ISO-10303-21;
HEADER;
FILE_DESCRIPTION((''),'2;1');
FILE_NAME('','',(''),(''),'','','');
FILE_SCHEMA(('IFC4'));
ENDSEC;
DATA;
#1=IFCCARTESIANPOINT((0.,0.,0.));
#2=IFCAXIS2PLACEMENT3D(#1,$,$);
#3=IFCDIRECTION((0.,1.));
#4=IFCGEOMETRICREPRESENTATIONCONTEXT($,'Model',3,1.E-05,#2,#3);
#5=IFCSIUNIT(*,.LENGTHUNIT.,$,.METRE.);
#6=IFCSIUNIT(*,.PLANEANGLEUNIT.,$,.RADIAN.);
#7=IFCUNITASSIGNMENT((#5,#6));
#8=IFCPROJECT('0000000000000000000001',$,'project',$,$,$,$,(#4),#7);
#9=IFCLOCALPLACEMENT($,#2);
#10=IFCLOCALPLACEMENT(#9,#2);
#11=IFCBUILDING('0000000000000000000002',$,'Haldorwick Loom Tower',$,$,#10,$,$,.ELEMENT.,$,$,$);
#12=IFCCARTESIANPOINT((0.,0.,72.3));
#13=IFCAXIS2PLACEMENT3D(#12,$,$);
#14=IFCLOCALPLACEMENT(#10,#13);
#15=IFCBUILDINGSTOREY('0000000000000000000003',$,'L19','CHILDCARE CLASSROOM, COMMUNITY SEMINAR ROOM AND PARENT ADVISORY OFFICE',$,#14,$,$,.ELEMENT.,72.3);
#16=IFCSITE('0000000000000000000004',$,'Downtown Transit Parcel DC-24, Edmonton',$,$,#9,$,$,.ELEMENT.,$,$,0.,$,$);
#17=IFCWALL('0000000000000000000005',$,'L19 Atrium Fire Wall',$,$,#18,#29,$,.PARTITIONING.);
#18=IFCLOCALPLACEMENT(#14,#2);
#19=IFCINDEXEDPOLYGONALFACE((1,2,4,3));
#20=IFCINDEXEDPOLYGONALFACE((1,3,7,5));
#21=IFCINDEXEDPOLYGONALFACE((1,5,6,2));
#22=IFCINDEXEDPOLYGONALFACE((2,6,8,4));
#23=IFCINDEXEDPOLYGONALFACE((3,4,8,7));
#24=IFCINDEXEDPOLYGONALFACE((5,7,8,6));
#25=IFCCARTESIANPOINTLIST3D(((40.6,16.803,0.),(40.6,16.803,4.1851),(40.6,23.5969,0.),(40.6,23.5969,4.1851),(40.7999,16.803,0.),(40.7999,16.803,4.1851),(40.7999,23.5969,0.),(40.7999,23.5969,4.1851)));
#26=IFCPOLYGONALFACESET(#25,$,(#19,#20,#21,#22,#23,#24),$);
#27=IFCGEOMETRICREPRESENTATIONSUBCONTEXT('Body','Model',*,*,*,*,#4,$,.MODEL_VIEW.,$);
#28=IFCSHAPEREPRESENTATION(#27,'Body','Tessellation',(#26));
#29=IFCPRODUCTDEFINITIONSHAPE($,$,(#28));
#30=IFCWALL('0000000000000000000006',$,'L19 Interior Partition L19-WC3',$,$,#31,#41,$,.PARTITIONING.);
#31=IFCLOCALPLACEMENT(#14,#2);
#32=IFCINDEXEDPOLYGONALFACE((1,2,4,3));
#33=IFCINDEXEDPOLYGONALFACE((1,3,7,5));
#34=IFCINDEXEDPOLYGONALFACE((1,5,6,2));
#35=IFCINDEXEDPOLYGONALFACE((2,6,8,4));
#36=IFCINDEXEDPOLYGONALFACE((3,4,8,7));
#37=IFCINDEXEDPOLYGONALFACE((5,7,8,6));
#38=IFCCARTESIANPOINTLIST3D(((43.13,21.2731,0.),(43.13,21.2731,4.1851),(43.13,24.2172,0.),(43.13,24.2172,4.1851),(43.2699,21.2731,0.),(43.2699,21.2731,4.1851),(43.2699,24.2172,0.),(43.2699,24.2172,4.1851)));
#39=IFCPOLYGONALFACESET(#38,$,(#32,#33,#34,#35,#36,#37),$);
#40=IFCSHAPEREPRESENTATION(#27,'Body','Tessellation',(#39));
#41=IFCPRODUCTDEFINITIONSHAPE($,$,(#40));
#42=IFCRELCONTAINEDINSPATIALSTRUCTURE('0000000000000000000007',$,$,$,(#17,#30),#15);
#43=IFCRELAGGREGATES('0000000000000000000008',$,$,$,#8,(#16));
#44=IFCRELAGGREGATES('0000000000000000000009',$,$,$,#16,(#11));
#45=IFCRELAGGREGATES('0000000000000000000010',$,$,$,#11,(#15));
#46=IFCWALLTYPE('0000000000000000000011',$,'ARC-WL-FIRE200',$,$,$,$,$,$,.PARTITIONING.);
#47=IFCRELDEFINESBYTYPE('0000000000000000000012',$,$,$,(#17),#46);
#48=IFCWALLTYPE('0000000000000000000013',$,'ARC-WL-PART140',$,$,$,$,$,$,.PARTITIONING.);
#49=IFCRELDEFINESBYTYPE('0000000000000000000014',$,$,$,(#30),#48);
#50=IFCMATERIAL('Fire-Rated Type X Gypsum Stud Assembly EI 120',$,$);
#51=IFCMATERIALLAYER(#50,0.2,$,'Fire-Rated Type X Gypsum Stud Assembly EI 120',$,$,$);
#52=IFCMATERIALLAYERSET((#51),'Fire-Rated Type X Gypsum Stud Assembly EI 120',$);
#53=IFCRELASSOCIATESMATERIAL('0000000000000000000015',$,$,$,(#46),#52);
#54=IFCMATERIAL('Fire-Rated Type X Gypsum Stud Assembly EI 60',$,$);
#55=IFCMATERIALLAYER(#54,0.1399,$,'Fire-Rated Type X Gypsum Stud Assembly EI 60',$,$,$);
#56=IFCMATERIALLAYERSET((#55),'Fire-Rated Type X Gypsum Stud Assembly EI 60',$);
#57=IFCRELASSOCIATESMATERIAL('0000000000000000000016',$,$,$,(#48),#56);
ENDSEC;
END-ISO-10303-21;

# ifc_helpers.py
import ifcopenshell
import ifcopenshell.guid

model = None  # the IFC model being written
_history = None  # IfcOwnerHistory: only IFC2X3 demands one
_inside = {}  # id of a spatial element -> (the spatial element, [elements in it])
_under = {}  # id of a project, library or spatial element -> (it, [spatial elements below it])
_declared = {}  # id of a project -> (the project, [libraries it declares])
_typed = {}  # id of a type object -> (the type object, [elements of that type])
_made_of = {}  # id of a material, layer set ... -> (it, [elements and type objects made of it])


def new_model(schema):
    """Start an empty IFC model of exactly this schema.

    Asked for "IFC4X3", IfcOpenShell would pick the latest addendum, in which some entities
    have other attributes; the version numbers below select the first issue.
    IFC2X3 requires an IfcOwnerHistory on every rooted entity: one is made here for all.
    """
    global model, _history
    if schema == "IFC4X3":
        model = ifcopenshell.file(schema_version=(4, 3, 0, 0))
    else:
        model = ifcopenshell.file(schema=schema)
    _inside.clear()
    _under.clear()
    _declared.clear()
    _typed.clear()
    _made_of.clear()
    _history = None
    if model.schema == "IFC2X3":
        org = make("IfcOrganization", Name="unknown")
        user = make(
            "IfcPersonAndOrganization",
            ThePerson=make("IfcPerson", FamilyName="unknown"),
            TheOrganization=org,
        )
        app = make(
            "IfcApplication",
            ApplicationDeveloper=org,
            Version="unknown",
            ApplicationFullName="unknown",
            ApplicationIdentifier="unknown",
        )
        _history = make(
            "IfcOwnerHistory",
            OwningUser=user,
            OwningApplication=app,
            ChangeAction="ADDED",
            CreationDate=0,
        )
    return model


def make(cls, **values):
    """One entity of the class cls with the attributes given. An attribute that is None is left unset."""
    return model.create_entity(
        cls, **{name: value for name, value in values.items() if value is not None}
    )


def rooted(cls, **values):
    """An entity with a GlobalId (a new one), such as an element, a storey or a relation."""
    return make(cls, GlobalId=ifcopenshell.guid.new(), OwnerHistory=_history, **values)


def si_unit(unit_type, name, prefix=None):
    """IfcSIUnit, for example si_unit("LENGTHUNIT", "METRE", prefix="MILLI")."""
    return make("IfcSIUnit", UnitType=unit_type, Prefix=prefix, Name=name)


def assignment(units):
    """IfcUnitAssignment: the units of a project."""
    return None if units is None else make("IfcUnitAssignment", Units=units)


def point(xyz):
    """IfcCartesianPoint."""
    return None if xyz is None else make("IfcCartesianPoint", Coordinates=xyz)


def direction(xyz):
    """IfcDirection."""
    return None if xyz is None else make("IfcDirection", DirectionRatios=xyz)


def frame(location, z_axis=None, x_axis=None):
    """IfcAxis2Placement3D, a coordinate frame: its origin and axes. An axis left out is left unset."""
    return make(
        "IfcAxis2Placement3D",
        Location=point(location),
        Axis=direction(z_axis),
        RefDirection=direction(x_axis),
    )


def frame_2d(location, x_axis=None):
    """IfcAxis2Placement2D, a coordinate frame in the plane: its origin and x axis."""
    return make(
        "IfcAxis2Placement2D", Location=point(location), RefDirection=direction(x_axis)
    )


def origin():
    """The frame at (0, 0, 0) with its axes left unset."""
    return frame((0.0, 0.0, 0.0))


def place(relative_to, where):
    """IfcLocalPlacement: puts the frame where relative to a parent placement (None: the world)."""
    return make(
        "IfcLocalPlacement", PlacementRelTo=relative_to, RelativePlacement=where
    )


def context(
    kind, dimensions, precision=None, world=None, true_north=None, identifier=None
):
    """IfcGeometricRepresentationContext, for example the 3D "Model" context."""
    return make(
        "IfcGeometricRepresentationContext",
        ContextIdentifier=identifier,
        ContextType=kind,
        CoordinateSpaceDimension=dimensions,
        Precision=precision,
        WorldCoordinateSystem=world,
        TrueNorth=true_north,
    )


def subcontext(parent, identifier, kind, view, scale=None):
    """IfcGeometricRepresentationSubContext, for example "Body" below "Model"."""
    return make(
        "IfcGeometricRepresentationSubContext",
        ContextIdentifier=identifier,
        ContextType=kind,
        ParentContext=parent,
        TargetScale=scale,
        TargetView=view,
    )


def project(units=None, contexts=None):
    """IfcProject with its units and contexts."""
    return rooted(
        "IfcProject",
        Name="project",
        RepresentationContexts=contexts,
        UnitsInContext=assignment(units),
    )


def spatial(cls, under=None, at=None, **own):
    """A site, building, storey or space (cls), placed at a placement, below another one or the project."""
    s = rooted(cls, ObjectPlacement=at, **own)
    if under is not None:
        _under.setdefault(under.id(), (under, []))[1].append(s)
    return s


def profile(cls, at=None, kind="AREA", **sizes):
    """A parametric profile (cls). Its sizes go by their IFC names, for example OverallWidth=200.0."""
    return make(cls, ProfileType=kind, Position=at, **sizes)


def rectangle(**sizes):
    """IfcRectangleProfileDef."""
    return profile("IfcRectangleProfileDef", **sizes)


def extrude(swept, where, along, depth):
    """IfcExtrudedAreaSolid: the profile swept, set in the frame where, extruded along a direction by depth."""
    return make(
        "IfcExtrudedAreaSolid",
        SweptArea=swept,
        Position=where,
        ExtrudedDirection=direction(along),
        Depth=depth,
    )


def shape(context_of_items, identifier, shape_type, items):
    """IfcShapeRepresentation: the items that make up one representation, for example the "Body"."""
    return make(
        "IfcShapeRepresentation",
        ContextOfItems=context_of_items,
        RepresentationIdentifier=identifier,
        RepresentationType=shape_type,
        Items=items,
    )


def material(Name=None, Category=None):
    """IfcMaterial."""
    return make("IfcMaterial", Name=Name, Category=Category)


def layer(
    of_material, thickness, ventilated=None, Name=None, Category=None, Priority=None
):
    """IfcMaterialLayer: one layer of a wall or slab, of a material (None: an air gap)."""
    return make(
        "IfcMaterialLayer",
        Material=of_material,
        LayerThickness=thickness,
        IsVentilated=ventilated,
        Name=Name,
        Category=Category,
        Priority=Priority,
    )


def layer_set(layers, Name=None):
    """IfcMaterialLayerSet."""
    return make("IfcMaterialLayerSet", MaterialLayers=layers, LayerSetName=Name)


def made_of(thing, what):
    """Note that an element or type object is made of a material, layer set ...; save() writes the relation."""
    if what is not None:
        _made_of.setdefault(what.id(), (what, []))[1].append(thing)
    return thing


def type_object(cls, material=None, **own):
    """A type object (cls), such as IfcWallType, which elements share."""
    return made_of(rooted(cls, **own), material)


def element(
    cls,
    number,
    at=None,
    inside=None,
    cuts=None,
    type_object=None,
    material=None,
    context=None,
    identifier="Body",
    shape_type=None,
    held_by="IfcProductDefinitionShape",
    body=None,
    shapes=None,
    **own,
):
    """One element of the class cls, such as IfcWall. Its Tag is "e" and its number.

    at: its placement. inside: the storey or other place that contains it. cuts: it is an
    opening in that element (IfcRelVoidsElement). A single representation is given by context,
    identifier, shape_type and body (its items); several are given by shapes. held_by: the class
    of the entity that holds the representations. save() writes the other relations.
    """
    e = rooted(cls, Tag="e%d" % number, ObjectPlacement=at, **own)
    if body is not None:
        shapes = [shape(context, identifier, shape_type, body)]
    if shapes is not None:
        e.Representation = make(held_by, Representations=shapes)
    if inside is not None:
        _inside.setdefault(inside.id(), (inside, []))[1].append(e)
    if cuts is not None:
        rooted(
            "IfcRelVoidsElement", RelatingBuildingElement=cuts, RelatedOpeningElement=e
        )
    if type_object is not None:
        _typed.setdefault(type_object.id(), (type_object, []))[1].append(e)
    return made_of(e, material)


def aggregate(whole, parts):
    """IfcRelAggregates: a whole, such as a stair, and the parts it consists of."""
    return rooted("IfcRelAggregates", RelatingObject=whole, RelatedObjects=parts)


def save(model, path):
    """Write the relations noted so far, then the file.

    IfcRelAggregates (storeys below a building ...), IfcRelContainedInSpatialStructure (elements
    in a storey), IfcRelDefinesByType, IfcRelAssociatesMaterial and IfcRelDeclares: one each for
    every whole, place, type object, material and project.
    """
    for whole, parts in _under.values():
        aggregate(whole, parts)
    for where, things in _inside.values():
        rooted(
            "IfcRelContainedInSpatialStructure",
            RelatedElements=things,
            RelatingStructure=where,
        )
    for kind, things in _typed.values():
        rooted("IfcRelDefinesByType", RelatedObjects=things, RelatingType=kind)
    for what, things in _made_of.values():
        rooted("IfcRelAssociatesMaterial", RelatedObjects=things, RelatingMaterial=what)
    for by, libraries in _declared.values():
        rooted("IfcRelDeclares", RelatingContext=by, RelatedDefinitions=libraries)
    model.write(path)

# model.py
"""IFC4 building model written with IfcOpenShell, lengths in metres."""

from ifc_helpers import new_model, si_unit, direction, frame, frame_2d, origin, place, context, subcontext, project, spatial, rectangle, extrude, material, layer, layer_set, type_object, element, save


model = new_model("IFC4")

# Units and contexts
model_context = context("Model", 3, precision=1e-05, world=origin(), true_north=direction((0.0, 1.0)))
body_context = subcontext(model_context, "Body", "Model", "MODEL_VIEW")
ifc_project = project(units=[si_unit("LENGTHUNIT", "METRE"), si_unit("PLANEANGLEUNIT", "RADIAN")], contexts=[model_context])

# Site, building, storey
site_placement = place(None, origin())
site = spatial("IfcSite", under=ifc_project, at=site_placement, Name="Downtown Transit Parcel DC-24, Edmonton", CompositionType="ELEMENT", RefElevation=0.0)
building_placement = place(site_placement, origin())
building = spatial("IfcBuilding", under=site, at=building_placement, Name="Haldorwick Loom Tower", CompositionType="ELEMENT")
storey_placement = place(building_placement, frame((0.0, 0.0, 72.3)))
storey = spatial("IfcBuildingStorey", under=building, at=storey_placement, Name="L19", Description="CHILDCARE CLASSROOM, COMMUNITY SEMINAR ROOM AND PARENT ADVISORY OFFICE", CompositionType="ELEMENT", Elevation=72.3)

# Walls
ifc_material_1 = material(Name="Fire-Rated Type X Gypsum Stud Assembly EI 120")
ifc_layer_1 = layer(ifc_material_1, 0.2, Name="Fire-Rated Type X Gypsum Stud Assembly EI 120")
ifc_layer_set_1 = layer_set([ifc_layer_1], Name="Fire-Rated Type X Gypsum Stud Assembly EI 120")
wall_type_1 = type_object("IfcWallType", Name="ARC-WL-FIRE200", PredefinedType="PARTITIONING", material=ifc_layer_set_1)
wall_1_placement = place(storey_placement, frame((40.7, 23.5969, 0.0), z_axis=(0.0, 0.0, 1.0), x_axis=(0.0, -1.0, 0.0)))
element("IfcWall", 1, at=wall_1_placement, inside=storey, type_object=wall_type_1, Name="L19 Atrium Fire Wall", PredefinedType="PARTITIONING", context=body_context, shape_type="SweptSolid", body=[
    extrude(rectangle(XDim=6.7939, YDim=0.2, at=frame_2d((3.397, 0.0))), origin(), (0.0, 0.0, 1.0), 4.1851),
])
ifc_material_2 = material(Name="Fire-Rated Type X Gypsum Stud Assembly EI 60")
ifc_layer_2 = layer(ifc_material_2, 0.1399, Name="Fire-Rated Type X Gypsum Stud Assembly EI 60")
ifc_layer_set_2 = layer_set([ifc_layer_2], Name="Fire-Rated Type X Gypsum Stud Assembly EI 60")
wall_type_2 = type_object("IfcWallType", Name="ARC-WL-PART140", PredefinedType="PARTITIONING", material=ifc_layer_set_2)
wall_2_placement = place(storey_placement, frame((43.2, 21.2729, 0.0), z_axis=(0.0, 0.0, 1.0), x_axis=(0.0, 1.0, 0.0)))
element("IfcWall", 2, at=wall_2_placement, inside=storey, type_object=wall_type_2, Name="L19 Interior Partition L19-WC3", PredefinedType="PARTITIONING", context=body_context, shape_type="SweptSolid", body=[
    extrude(rectangle(XDim=2.9441, YDim=0.1399, at=frame_2d((1.4722, 0.0))), origin(), (0.0, 0.0, 1.0), 4.1851),
])

save(model, "model.ifc")
